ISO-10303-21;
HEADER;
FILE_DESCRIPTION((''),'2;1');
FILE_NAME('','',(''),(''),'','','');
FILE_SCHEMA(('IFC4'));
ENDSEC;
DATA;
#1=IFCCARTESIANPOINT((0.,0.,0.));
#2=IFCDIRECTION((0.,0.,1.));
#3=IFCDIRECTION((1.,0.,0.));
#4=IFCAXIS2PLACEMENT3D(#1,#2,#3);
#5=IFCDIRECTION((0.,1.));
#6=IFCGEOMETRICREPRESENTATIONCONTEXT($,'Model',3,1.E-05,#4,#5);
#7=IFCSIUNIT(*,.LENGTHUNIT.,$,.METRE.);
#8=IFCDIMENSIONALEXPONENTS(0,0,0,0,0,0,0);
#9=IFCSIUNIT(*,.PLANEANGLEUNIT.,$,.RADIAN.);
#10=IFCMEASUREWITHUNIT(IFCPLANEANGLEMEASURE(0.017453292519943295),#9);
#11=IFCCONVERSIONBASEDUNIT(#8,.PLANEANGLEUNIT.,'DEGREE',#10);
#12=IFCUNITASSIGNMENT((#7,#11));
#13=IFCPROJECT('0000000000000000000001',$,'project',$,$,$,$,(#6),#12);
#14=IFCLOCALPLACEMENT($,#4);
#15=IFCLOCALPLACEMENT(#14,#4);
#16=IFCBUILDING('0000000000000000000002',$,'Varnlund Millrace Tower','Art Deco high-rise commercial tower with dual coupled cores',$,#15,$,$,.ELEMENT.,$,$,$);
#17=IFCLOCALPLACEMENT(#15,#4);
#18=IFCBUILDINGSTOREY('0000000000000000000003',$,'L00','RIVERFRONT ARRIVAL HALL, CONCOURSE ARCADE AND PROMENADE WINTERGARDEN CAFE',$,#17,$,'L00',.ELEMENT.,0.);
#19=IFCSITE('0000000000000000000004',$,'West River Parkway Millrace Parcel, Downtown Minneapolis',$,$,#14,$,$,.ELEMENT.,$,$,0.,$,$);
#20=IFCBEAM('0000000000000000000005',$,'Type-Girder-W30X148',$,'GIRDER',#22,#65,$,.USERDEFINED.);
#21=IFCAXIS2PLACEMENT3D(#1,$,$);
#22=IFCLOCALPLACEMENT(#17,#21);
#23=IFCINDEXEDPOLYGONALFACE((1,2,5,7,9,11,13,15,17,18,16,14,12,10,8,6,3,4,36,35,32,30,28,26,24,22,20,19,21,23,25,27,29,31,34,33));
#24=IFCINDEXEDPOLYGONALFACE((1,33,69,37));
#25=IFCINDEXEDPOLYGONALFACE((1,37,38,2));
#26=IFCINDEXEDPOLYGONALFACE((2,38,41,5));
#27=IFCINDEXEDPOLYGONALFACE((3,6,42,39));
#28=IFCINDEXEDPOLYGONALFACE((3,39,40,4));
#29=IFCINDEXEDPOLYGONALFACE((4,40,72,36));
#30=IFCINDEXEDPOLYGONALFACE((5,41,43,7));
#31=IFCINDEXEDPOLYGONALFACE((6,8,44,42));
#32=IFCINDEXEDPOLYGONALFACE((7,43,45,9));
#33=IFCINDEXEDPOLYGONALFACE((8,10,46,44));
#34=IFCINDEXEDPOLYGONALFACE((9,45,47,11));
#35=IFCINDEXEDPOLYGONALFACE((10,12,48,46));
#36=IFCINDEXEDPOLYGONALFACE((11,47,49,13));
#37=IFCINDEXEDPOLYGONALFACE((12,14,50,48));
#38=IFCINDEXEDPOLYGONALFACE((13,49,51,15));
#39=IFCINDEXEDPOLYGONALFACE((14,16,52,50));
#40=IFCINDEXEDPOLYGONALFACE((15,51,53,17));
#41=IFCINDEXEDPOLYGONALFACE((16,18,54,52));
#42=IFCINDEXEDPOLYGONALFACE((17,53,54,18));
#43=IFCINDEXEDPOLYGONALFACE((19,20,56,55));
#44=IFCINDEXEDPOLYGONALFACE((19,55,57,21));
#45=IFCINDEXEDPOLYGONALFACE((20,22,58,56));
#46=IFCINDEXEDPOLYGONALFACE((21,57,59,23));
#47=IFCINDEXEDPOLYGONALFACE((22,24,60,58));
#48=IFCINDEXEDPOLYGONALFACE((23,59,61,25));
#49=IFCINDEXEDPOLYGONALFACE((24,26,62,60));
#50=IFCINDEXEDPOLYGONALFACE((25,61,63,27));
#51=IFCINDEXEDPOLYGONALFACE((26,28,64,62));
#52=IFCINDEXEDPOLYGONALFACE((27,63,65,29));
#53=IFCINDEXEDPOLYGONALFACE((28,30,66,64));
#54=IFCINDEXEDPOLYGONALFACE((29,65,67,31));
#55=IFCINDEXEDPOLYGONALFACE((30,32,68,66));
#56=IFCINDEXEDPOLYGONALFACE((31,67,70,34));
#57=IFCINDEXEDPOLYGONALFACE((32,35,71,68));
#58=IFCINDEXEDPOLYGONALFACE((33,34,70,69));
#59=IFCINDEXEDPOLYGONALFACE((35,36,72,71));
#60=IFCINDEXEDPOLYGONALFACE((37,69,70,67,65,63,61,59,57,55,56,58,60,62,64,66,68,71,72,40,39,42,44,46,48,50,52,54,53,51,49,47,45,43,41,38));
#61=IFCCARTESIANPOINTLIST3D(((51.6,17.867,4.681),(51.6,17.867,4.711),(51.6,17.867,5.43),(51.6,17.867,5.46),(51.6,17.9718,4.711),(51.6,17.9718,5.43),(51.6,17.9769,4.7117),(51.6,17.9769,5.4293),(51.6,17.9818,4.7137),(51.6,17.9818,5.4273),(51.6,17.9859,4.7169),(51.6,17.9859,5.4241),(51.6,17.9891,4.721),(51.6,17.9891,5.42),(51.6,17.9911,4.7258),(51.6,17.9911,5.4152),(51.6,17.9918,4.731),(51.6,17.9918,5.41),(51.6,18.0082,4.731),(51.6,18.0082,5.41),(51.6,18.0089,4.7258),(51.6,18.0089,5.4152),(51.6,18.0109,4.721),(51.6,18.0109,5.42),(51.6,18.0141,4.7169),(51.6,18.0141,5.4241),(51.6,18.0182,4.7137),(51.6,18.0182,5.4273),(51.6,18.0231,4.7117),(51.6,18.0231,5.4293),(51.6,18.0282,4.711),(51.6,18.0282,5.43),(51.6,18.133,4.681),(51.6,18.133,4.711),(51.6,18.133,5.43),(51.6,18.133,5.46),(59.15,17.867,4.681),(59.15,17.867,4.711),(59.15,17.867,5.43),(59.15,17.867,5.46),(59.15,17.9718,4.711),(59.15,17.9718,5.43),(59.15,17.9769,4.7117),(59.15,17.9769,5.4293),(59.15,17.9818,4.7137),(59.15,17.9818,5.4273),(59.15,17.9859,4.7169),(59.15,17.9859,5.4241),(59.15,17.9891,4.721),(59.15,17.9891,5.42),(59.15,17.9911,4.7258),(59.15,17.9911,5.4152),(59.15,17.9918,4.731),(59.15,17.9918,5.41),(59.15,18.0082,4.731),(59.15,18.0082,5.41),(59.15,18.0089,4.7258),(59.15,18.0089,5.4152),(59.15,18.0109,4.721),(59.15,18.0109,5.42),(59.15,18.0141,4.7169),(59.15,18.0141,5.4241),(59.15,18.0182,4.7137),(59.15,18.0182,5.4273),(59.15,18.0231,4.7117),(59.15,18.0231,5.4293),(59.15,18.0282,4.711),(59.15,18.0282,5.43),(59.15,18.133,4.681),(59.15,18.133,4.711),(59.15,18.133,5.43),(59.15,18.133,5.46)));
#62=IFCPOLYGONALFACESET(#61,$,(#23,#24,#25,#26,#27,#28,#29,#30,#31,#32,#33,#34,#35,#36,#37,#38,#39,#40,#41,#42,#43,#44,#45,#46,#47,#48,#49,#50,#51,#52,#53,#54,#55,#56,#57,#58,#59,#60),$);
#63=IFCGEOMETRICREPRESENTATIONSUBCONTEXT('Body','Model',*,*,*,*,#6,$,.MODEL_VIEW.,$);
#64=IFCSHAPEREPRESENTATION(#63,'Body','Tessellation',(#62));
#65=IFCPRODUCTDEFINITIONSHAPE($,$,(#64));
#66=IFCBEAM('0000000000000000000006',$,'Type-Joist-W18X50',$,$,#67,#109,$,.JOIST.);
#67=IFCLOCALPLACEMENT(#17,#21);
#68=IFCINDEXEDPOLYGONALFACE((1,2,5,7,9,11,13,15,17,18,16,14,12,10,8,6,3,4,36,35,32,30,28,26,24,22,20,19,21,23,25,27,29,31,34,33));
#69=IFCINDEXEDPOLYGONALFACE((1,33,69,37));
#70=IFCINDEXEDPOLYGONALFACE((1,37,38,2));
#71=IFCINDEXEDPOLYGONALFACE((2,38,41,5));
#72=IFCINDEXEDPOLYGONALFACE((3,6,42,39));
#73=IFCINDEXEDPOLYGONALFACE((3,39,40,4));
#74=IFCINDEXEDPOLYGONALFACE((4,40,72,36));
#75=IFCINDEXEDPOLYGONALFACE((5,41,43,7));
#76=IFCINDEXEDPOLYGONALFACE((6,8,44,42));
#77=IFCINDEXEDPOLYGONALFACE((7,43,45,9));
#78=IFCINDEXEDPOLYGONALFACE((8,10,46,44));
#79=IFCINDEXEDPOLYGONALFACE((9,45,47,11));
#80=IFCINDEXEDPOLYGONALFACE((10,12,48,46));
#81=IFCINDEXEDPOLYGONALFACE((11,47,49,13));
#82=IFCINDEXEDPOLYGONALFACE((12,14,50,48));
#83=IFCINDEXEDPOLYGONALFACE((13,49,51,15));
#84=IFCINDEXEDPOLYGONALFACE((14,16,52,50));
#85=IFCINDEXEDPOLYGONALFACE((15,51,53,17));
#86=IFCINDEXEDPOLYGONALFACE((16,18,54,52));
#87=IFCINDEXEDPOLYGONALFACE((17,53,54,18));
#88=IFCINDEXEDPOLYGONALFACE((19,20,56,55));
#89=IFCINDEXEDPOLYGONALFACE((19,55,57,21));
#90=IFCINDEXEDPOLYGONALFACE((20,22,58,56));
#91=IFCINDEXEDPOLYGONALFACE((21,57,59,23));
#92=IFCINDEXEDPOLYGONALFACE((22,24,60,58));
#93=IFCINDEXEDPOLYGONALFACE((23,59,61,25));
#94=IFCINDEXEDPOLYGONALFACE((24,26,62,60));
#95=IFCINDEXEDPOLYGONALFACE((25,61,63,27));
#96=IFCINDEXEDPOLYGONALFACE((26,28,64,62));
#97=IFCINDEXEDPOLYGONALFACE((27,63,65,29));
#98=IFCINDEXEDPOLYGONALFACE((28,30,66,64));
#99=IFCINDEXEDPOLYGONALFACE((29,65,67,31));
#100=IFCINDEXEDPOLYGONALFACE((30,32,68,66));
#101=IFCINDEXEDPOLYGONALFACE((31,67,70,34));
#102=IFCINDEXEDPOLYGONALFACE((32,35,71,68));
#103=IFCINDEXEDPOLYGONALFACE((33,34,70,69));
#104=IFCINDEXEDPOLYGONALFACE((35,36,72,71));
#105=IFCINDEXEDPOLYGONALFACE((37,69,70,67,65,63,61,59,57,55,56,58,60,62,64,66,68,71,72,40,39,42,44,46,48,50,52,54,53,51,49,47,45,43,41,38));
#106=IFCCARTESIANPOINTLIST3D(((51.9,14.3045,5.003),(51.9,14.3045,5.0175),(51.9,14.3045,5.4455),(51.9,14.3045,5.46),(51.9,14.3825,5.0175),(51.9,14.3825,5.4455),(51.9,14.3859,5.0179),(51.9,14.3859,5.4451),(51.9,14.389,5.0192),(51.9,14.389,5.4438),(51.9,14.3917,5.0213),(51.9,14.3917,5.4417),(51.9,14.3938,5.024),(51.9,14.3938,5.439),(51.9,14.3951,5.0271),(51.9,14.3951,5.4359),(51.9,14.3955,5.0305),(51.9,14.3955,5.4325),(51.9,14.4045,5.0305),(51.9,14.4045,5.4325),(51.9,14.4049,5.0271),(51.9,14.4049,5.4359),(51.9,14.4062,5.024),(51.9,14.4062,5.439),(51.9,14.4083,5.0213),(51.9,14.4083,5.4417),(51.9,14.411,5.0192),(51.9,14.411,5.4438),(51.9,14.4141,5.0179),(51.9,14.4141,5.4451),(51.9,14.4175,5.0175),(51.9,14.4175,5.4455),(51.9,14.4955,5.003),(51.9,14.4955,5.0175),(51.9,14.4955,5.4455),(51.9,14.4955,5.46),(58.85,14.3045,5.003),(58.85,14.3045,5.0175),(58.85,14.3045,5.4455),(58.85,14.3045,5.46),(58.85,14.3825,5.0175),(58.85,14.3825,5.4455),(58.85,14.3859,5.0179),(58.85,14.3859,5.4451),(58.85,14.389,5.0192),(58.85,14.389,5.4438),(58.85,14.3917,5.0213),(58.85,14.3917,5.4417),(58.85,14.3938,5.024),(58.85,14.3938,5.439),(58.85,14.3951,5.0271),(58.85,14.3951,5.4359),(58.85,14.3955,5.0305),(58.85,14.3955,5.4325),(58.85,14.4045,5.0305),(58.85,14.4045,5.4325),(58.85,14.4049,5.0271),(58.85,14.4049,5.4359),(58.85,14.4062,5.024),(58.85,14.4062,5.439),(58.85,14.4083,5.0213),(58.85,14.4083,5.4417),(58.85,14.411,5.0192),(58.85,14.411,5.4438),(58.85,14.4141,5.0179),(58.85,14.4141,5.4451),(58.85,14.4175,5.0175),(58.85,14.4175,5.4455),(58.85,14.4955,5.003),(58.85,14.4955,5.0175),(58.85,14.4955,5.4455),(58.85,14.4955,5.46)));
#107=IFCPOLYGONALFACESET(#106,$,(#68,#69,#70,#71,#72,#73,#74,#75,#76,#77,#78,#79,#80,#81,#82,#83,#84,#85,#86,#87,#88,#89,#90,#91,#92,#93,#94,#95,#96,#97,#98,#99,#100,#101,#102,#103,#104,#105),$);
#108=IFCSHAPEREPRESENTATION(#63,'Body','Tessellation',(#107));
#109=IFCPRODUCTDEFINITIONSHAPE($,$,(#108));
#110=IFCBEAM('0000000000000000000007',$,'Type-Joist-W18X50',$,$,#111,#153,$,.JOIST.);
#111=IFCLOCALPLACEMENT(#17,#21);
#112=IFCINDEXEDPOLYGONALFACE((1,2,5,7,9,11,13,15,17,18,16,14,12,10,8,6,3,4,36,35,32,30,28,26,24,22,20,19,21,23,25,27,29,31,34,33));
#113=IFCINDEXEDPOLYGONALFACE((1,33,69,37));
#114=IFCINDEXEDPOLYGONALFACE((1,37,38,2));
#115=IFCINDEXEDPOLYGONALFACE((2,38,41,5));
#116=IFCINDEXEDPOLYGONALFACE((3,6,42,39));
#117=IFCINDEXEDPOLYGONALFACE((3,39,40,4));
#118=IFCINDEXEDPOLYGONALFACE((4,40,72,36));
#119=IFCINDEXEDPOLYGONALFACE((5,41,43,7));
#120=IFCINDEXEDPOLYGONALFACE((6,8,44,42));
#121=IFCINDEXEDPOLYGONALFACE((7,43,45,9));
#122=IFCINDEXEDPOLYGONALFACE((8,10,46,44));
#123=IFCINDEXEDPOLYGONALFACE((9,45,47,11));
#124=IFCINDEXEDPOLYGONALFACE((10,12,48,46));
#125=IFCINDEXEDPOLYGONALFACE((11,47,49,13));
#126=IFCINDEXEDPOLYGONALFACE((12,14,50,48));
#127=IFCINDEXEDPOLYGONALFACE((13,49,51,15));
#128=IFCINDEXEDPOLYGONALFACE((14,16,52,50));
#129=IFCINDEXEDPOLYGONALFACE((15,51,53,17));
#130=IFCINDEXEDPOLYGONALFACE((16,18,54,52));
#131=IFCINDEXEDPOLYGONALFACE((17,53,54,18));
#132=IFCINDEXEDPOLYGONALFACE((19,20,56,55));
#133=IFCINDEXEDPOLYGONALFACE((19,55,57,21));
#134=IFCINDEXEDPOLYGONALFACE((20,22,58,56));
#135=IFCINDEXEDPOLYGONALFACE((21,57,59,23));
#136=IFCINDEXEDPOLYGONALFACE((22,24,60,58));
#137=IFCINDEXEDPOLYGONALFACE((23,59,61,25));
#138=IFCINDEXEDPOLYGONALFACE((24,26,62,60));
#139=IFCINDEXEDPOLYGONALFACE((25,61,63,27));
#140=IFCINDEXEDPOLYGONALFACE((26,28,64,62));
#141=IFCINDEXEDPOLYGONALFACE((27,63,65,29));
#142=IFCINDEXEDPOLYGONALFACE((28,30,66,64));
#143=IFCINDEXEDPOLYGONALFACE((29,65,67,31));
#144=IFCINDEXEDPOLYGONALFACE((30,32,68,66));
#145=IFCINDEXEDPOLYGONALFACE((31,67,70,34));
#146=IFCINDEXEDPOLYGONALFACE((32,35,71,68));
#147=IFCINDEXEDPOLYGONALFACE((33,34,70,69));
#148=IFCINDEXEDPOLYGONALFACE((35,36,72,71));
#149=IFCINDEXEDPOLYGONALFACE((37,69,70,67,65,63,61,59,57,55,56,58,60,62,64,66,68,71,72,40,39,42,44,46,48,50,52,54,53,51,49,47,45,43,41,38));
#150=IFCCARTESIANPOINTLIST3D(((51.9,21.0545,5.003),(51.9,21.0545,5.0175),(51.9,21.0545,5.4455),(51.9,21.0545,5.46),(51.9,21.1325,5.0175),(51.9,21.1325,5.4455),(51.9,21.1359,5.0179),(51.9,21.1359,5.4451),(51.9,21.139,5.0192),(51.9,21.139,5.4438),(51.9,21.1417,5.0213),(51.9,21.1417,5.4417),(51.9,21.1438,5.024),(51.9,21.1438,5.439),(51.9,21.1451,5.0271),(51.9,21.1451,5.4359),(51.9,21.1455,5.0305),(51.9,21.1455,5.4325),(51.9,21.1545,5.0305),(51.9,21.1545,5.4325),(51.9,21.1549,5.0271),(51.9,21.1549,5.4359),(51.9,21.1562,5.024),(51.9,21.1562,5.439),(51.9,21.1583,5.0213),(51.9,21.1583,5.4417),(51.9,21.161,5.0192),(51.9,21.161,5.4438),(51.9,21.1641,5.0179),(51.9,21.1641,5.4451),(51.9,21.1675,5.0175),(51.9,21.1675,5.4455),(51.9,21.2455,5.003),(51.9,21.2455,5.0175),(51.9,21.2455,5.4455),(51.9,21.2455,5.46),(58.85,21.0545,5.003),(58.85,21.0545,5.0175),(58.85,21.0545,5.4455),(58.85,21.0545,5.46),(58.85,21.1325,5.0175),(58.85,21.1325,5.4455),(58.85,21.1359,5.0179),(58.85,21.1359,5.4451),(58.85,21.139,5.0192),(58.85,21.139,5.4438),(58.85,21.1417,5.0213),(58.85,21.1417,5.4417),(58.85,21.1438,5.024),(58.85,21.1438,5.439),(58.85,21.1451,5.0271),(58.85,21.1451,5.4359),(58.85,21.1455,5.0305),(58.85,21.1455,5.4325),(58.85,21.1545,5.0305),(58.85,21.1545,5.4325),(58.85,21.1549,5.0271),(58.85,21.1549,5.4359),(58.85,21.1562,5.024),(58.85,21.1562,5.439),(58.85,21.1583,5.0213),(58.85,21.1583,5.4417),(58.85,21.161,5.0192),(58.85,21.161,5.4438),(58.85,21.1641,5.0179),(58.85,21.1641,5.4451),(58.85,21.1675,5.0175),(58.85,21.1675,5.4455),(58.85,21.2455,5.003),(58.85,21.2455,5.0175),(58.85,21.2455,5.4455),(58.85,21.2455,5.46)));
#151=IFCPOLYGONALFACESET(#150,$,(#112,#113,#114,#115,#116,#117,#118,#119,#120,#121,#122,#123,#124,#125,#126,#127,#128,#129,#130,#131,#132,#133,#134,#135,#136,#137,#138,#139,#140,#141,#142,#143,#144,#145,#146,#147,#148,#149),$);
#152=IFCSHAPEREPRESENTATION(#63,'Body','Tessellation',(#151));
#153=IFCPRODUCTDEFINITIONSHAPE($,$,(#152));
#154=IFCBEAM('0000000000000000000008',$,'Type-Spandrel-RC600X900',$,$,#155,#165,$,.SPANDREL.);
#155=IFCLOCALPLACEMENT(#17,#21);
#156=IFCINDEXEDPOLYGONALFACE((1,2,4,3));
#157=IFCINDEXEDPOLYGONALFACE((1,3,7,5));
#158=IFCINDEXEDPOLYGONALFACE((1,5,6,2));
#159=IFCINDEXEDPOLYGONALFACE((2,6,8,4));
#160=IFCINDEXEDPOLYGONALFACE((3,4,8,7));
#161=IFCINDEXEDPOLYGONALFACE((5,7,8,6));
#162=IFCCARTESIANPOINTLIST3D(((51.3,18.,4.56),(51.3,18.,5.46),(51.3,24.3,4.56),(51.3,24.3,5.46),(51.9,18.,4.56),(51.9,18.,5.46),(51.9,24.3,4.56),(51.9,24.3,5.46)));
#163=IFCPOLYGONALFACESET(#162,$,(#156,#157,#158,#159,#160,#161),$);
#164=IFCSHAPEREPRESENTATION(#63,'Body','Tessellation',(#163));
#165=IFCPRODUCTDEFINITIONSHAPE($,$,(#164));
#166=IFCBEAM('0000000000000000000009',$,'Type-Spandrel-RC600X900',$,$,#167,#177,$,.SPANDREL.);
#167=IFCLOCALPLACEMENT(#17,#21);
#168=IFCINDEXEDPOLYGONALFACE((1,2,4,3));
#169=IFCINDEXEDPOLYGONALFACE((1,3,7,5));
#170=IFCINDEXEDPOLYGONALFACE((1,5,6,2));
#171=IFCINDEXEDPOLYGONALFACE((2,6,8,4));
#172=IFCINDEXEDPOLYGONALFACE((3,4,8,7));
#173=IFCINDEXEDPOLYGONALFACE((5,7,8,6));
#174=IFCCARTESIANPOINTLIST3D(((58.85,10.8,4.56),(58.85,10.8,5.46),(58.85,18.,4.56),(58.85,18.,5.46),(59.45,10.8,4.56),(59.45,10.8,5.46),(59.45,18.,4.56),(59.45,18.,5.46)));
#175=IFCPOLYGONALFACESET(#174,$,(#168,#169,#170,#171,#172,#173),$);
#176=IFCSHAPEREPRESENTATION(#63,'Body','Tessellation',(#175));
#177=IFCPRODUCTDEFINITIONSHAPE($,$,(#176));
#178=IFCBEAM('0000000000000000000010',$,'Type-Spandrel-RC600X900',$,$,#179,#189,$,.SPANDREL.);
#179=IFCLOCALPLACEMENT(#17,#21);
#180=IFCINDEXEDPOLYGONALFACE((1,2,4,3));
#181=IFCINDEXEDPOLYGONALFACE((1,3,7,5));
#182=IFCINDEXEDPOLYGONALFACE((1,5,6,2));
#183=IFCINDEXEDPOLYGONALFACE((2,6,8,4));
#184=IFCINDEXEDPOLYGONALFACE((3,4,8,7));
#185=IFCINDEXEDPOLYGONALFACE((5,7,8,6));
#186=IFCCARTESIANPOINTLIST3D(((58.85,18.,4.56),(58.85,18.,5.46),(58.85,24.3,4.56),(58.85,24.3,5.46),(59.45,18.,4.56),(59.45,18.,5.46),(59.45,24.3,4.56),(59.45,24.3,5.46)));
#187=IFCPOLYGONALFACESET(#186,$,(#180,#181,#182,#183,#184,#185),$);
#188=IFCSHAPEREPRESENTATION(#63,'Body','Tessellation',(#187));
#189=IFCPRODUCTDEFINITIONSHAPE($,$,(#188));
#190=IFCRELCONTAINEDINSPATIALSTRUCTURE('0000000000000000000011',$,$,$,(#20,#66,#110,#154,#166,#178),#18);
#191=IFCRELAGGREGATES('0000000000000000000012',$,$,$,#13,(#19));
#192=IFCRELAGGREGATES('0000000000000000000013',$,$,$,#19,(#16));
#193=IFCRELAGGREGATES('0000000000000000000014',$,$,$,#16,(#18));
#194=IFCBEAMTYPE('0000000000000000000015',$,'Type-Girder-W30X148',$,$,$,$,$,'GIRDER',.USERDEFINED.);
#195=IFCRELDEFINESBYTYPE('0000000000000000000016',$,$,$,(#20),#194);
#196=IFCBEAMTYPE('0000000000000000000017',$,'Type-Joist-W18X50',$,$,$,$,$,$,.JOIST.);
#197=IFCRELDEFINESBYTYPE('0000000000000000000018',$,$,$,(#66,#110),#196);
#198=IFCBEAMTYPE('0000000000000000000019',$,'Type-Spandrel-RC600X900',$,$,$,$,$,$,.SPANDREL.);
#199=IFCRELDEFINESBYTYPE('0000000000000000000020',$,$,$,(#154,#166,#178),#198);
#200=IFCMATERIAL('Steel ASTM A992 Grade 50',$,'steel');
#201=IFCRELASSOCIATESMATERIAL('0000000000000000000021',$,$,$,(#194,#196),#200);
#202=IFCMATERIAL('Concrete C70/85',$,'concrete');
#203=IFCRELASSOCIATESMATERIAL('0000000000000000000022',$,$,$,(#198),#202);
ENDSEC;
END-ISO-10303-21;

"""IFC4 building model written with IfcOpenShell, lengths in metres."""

from ifc_helpers import new_model, entity, si_unit, converted_unit, direction, frame, origin_with_axes, origin_2d_with_axis, place, context, subcontext, project, spatial, rectangle, i_section, extrude, material, material_profile, profile_set, type_object, element, save


model = new_model("IFC4")

# Units and contexts
model_context = context("Model", 3, precision=1e-05, world=origin_with_axes(), true_north=direction((0.0, 1.0)))
body_context = subcontext(model_context, "Body", "Model", "MODEL_VIEW")
ifc_project = project(units=[si_unit("LENGTHUNIT", "METRE"), converted_unit("PLANEANGLEUNIT", "DEGREE", entity("IfcPlaneAngleMeasure", 0.017453292519943295), si_unit("PLANEANGLEUNIT", "RADIAN"), dimensions=[0, 0, 0, 0, 0, 0, 0])], contexts=[model_context])

# Site, building, storey
site_placement = place(None, origin_with_axes())
site = spatial("IfcSite", under=ifc_project, at=site_placement, Name="West River Parkway Millrace Parcel, Downtown Minneapolis", CompositionType="ELEMENT", RefElevation=0.0)
building_placement = place(site_placement, origin_with_axes())
building = spatial("IfcBuilding", under=site, at=building_placement, Name="Varnlund Millrace Tower", Description="Art Deco high-rise commercial tower with dual coupled cores", CompositionType="ELEMENT")
storey_placement = place(building_placement, origin_with_axes())
storey = spatial("IfcBuildingStorey", under=building, at=storey_placement, Name="L00", Description="RIVERFRONT ARRIVAL HALL, CONCOURSE ARCADE AND PROMENADE WINTERGARDEN CAFE", LongName="L00", CompositionType="ELEMENT", Elevation=0.0)

# Shared definitions
ifc_material_1 = material(Name="Steel ASTM A992 Grade 50", Category="steel")

# Beams
ifc_material_profile_1 = material_profile(ifc_material_1, i_section(OverallWidth=0.266, OverallDepth=0.779, WebThickness=0.0165, FlangeThickness=0.03, FilletRadius=0.02, at=origin_2d_with_axis()), Name="Steel ASTM A992 Grade 50")
ifc_profile_set_1 = profile_set([ifc_material_profile_1], Name="Steel ASTM A992 Grade 50")
beam_type_1 = type_object("IfcBeamType", Name="Type-Girder-W30X148", ElementType="GIRDER", PredefinedType="USERDEFINED", material=ifc_profile_set_1)
beam_1_placement = place(storey_placement, frame((51.6, 18.0, 5.0705), z_axis=(1.0, 0.0, 0.0), x_axis=(0.0, 1.0, 0.0)))
element("IfcBeam", 1, at=beam_1_placement, inside=storey, type_object=beam_type_1, Name="Type-Girder-W30X148", ObjectType="GIRDER", PredefinedType="USERDEFINED", context=body_context, shape_type="SweptSolid", body=[
    extrude(i_section(OverallWidth=0.266, OverallDepth=0.779, WebThickness=0.0165, FlangeThickness=0.03, FilletRadius=0.02, at=origin_2d_with_axis()), origin_with_axes(), (0.0, 0.0, 1.0), 7.55),
])
ifc_material_profile_2 = material_profile(ifc_material_1, i_section(OverallWidth=0.191, OverallDepth=0.457, WebThickness=0.009, FlangeThickness=0.0145, FilletRadius=0.013, at=origin_2d_with_axis()), Name="Steel ASTM A992 Grade 50")
ifc_profile_set_2 = profile_set([ifc_material_profile_2], Name="Steel ASTM A992 Grade 50")
beam_type_2 = type_object("IfcBeamType", Name="Type-Joist-W18X50", PredefinedType="JOIST", material=ifc_profile_set_2)
for number, where, z_axis, x_axis, name in (
    (2, (51.9, 14.4, 5.2315), (1.0, 0.0, 0.0), (0.0, 1.0, 0.0), "Type-Joist-W18X50"),
    (3, (51.9, 21.15, 5.2315), (1.0, 0.0, 0.0), (0.0, 1.0, 0.0), "Type-Joist-W18X50"),
):
    element("IfcBeam", number, at=place(storey_placement, frame(where, z_axis=z_axis, x_axis=x_axis)), inside=storey, type_object=beam_type_2, Name=name, PredefinedType="JOIST", context=body_context, shape_type="SweptSolid", body=[
        extrude(i_section(OverallWidth=0.191, OverallDepth=0.457, WebThickness=0.009, FlangeThickness=0.0145, FilletRadius=0.013, at=origin_2d_with_axis()), origin_with_axes(), (0.0, 0.0, 1.0), 6.95),
    ])
ifc_material_2 = material(Name="Concrete C70/85", Category="concrete")
ifc_material_profile_3 = material_profile(ifc_material_2, rectangle(XDim=0.6, YDim=0.9, at=origin_2d_with_axis()), Name="Concrete C70/85")
ifc_profile_set_3 = profile_set([ifc_material_profile_3], Name="Concrete C70/85")
beam_type_3 = type_object("IfcBeamType", Name="Type-Spandrel-RC600X900", PredefinedType="SPANDREL", material=ifc_profile_set_3)
beam_2_placement = place(storey_placement, frame((51.6, 18.0, 5.01), z_axis=(0.0, 1.0, 0.0), x_axis=(-1.0, 0.0, 0.0)))
element("IfcBeam", 4, at=beam_2_placement, inside=storey, type_object=beam_type_3, Name="Type-Spandrel-RC600X900", PredefinedType="SPANDREL", context=body_context, shape_type="SweptSolid", body=[
    extrude(rectangle(XDim=0.6, YDim=0.9, at=origin_2d_with_axis()), origin_with_axes(), (0.0, 0.0, 1.0), 6.3),
])
beam_3_placement = place(storey_placement, frame((59.15, 10.8, 5.01), z_axis=(0.0, 1.0, 0.0), x_axis=(-1.0, 0.0, 0.0)))
element("IfcBeam", 5, at=beam_3_placement, inside=storey, type_object=beam_type_3, Name="Type-Spandrel-RC600X900", PredefinedType="SPANDREL", context=body_context, shape_type="SweptSolid", body=[
    extrude(rectangle(XDim=0.6, YDim=0.9, at=origin_2d_with_axis()), origin_with_axes(), (0.0, 0.0, 1.0), 7.2),
])
beam_4_placement = place(storey_placement, frame((59.15, 18.0, 5.01), z_axis=(0.0, 1.0, 0.0), x_axis=(-1.0, 0.0, 0.0)))
element("IfcBeam", 6, at=beam_4_placement, inside=storey, type_object=beam_type_3, Name="Type-Spandrel-RC600X900", PredefinedType="SPANDREL", context=body_context, shape_type="SweptSolid", body=[
    extrude(rectangle(XDim=0.6, YDim=0.9, at=origin_2d_with_axis()), origin_with_axes(), (0.0, 0.0, 1.0), 6.3),
])

save(model, "model.ifc")
